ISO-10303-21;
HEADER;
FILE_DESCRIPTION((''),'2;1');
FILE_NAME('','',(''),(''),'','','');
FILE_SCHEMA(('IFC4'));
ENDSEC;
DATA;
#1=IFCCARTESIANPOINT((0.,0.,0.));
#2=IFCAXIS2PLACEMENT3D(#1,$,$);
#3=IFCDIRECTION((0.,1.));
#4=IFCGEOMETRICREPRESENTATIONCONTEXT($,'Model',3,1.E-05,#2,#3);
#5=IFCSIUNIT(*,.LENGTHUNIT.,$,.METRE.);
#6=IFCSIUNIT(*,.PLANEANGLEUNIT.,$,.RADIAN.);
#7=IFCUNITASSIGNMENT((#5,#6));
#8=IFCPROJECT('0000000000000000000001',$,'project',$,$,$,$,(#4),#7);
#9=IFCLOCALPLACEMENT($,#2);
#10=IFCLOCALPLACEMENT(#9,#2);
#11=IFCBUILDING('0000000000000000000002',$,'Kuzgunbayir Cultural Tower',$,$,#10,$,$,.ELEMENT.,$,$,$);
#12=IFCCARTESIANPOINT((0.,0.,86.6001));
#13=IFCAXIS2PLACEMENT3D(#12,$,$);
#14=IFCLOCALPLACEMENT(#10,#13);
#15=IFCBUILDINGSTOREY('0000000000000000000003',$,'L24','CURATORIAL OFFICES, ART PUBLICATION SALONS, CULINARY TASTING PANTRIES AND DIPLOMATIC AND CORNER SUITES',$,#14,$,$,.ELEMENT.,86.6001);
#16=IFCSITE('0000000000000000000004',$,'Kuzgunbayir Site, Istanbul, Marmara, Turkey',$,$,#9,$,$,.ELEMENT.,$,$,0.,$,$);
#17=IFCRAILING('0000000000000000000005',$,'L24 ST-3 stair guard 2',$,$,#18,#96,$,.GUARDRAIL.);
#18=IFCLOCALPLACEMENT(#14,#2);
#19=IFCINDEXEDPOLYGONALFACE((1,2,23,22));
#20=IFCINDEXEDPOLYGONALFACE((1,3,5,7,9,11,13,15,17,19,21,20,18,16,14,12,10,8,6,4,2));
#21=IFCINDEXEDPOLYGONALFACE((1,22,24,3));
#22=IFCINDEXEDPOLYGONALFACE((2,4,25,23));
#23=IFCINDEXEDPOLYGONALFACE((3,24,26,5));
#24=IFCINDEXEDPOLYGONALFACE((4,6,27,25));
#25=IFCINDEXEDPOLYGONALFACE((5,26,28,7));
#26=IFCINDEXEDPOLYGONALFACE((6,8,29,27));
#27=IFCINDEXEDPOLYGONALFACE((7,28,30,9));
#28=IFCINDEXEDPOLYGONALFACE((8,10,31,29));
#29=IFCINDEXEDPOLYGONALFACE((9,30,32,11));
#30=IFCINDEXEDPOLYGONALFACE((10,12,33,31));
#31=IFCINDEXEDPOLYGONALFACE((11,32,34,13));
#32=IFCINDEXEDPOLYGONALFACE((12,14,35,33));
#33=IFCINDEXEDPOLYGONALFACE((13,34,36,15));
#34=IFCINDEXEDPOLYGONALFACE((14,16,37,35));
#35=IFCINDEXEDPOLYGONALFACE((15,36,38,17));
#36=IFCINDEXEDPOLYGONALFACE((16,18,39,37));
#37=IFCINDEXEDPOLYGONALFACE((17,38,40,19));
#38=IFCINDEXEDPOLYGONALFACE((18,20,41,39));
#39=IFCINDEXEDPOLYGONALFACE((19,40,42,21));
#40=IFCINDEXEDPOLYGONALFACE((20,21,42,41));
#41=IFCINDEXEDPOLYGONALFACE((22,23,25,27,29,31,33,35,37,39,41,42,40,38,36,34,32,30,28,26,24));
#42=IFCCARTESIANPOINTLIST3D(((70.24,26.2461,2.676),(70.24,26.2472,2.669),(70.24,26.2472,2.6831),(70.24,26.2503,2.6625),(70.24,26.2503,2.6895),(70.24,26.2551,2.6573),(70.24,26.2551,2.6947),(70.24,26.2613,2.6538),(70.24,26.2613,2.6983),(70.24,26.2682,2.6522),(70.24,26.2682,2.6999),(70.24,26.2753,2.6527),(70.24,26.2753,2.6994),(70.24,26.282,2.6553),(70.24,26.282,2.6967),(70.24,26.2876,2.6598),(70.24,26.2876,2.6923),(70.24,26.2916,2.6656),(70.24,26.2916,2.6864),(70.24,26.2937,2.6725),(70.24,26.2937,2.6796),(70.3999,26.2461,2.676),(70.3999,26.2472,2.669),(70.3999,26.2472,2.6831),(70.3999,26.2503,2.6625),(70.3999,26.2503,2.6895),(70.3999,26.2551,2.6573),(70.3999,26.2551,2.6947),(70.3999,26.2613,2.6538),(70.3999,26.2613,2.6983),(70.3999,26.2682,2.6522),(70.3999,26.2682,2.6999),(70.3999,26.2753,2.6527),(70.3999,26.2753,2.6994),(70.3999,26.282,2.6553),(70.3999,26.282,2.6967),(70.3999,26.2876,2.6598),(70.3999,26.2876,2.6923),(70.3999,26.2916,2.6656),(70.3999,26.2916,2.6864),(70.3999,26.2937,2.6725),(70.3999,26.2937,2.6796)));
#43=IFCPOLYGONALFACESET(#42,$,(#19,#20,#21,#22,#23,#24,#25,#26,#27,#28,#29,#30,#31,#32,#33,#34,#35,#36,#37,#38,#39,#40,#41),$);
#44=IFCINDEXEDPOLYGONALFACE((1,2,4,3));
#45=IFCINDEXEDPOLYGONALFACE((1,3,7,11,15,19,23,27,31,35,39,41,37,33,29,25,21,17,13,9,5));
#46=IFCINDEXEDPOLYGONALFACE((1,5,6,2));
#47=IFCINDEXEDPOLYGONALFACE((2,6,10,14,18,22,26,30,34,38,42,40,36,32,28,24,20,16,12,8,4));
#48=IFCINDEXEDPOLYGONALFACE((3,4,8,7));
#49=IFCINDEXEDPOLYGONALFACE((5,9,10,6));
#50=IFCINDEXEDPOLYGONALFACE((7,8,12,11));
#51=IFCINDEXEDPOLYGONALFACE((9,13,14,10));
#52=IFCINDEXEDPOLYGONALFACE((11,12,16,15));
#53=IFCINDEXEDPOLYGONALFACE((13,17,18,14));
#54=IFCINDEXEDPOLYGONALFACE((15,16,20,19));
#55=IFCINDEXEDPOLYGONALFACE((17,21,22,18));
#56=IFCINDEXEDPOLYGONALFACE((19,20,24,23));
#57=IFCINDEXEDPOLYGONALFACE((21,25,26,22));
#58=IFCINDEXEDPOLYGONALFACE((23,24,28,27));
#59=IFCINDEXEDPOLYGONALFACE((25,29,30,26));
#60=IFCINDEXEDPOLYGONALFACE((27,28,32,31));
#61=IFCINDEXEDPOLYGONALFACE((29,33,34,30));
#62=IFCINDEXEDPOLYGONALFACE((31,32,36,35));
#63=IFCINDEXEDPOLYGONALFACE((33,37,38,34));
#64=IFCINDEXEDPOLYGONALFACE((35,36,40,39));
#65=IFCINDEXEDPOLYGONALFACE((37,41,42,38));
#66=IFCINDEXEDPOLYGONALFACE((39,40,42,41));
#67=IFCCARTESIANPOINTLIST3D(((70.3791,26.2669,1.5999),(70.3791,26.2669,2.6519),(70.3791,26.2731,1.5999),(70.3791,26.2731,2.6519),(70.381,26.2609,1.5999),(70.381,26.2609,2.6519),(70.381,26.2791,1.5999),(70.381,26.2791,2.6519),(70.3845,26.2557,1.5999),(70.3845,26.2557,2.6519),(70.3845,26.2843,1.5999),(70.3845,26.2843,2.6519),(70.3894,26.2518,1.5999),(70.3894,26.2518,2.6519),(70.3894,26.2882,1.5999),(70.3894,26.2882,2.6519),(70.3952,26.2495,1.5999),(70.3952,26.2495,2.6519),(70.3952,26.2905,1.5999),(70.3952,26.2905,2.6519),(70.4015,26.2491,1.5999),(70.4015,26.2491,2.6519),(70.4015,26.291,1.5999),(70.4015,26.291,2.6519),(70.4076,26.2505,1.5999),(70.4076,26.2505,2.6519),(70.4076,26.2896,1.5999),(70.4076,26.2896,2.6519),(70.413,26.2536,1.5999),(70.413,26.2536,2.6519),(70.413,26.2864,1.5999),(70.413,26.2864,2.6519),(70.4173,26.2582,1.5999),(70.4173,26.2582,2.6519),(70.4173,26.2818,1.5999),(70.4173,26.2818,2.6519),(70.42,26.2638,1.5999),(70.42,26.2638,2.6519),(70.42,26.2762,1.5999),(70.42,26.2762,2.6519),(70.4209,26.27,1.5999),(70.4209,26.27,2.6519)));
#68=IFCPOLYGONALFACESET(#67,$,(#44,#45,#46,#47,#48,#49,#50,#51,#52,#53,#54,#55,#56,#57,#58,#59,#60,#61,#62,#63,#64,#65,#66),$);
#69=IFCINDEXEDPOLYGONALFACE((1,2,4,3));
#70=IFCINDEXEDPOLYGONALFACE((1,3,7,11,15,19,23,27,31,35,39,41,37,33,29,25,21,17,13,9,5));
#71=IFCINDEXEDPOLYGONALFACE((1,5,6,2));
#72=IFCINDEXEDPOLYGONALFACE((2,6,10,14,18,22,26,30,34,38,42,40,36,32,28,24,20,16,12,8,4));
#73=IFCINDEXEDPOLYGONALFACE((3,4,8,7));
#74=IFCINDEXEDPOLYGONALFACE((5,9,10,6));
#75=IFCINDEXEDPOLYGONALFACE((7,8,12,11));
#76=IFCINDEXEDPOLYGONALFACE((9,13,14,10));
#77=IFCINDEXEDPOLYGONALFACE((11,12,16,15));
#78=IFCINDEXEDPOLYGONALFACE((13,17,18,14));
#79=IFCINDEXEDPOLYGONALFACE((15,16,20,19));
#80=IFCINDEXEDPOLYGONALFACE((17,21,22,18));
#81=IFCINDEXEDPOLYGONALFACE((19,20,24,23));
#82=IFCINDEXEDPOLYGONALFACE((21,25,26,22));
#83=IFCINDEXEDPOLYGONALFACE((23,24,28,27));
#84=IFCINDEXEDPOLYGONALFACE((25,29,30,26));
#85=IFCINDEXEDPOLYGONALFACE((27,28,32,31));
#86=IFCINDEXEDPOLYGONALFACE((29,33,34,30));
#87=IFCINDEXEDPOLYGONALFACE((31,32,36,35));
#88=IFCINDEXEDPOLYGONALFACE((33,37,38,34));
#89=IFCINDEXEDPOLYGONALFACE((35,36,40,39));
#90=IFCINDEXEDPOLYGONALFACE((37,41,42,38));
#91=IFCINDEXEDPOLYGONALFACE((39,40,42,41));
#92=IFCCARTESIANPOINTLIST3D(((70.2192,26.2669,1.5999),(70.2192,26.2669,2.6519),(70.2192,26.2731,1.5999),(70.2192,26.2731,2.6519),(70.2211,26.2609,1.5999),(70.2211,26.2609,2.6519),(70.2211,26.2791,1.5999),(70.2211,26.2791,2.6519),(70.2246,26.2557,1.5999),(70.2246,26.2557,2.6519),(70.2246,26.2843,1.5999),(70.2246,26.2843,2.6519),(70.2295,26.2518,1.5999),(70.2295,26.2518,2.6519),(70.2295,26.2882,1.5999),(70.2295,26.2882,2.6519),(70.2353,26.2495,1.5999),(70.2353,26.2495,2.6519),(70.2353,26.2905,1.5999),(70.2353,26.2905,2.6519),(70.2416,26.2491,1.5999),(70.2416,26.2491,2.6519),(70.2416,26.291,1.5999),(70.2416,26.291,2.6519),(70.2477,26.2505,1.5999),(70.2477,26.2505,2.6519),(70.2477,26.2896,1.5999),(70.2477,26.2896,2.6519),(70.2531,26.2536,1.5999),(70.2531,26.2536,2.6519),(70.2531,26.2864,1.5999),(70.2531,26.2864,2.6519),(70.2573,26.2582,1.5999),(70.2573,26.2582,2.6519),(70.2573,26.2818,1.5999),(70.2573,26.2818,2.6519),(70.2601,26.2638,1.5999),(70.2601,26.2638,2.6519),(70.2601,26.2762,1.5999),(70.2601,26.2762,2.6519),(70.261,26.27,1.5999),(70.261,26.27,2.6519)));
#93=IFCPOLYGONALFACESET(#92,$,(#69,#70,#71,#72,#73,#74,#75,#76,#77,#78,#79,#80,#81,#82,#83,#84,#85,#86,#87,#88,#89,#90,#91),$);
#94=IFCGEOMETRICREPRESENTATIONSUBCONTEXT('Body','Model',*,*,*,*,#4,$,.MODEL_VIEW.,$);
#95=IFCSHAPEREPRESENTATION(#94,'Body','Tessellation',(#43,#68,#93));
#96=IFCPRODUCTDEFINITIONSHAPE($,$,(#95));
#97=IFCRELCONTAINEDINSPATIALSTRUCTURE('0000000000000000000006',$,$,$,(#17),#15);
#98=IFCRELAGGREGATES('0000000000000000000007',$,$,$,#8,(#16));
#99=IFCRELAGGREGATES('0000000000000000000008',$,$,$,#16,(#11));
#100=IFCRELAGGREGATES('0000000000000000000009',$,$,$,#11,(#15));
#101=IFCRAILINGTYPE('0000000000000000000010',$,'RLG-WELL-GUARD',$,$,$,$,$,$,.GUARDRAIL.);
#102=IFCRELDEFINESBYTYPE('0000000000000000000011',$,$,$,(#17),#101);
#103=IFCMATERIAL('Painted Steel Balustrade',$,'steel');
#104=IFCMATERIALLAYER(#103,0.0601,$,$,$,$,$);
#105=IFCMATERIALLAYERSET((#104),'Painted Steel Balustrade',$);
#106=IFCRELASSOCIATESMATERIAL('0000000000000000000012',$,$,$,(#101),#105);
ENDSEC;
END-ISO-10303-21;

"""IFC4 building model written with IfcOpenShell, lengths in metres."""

from ifc_helpers import new_model, si_unit, direction, frame, origin, origin_2d, place, context, subcontext, project, spatial, circle, extrude, material, layer, layer_set, type_object, element, save


model = new_model("IFC4")

# Units and contexts
model_context = context("Model", 3, precision=1e-05, world=origin(), true_north=direction((0.0, 1.0)))
body_context = subcontext(model_context, "Body", "Model", "MODEL_VIEW")
ifc_project = project(units=[si_unit("LENGTHUNIT", "METRE"), si_unit("PLANEANGLEUNIT", "RADIAN")], contexts=[model_context])

# Site, building, storey
site_placement = place(None, origin())
site = spatial("IfcSite", under=ifc_project, at=site_placement, Name="Kuzgunbayir Site, Istanbul, Marmara, Turkey", CompositionType="ELEMENT", RefElevation=0.0)
building_placement = place(site_placement, origin())
building = spatial("IfcBuilding", under=site, at=building_placement, Name="Kuzgunbayir Cultural Tower", CompositionType="ELEMENT")
storey_placement = place(building_placement, frame((0.0, 0.0, 86.6001)))
storey = spatial("IfcBuildingStorey", under=building, at=storey_placement, Name="L24", Description="CURATORIAL OFFICES, ART PUBLICATION SALONS, CULINARY TASTING PANTRIES AND DIPLOMATIC AND CORNER SUITES", CompositionType="ELEMENT", Elevation=86.6001)

# Railing
ifc_material_1 = material(Name="Painted Steel Balustrade", Category="steel")
ifc_layer_1 = layer(ifc_material_1, 0.0601)
ifc_layer_set_1 = layer_set([ifc_layer_1], Name="Painted Steel Balustrade")
railing_type_1 = type_object("IfcRailingType", Name="RLG-WELL-GUARD", PredefinedType="GUARDRAIL", material=ifc_layer_set_1)
railing_1_placement = place(storey_placement, frame((70.3999, 26.27, 1.5999)))
element("IfcRailing", 1, at=railing_1_placement, inside=storey, type_object=railing_type_1, Name="L24 ST-3 stair guard 2", PredefinedType="GUARDRAIL", context=body_context, shape_type="SweptSolid", body=[
    extrude(circle(Radius=0.0239, at=origin_2d()), frame((0.0, 0.0, 1.0762), z_axis=(-1.0, 0.0, 0.0), x_axis=(0.0, -1.0, 0.0)), (0.0, 0.0, 1.0), 0.1599),
    extrude(circle(Radius=0.021, at=origin_2d()), origin(), (0.0, 0.0, 1.0), 1.052),
    extrude(circle(Radius=0.021, at=origin_2d()), frame((-0.1599, 0.0, 0.0)), (0.0, 0.0, 1.0), 1.052),
])

save(model, "model.ifc")
